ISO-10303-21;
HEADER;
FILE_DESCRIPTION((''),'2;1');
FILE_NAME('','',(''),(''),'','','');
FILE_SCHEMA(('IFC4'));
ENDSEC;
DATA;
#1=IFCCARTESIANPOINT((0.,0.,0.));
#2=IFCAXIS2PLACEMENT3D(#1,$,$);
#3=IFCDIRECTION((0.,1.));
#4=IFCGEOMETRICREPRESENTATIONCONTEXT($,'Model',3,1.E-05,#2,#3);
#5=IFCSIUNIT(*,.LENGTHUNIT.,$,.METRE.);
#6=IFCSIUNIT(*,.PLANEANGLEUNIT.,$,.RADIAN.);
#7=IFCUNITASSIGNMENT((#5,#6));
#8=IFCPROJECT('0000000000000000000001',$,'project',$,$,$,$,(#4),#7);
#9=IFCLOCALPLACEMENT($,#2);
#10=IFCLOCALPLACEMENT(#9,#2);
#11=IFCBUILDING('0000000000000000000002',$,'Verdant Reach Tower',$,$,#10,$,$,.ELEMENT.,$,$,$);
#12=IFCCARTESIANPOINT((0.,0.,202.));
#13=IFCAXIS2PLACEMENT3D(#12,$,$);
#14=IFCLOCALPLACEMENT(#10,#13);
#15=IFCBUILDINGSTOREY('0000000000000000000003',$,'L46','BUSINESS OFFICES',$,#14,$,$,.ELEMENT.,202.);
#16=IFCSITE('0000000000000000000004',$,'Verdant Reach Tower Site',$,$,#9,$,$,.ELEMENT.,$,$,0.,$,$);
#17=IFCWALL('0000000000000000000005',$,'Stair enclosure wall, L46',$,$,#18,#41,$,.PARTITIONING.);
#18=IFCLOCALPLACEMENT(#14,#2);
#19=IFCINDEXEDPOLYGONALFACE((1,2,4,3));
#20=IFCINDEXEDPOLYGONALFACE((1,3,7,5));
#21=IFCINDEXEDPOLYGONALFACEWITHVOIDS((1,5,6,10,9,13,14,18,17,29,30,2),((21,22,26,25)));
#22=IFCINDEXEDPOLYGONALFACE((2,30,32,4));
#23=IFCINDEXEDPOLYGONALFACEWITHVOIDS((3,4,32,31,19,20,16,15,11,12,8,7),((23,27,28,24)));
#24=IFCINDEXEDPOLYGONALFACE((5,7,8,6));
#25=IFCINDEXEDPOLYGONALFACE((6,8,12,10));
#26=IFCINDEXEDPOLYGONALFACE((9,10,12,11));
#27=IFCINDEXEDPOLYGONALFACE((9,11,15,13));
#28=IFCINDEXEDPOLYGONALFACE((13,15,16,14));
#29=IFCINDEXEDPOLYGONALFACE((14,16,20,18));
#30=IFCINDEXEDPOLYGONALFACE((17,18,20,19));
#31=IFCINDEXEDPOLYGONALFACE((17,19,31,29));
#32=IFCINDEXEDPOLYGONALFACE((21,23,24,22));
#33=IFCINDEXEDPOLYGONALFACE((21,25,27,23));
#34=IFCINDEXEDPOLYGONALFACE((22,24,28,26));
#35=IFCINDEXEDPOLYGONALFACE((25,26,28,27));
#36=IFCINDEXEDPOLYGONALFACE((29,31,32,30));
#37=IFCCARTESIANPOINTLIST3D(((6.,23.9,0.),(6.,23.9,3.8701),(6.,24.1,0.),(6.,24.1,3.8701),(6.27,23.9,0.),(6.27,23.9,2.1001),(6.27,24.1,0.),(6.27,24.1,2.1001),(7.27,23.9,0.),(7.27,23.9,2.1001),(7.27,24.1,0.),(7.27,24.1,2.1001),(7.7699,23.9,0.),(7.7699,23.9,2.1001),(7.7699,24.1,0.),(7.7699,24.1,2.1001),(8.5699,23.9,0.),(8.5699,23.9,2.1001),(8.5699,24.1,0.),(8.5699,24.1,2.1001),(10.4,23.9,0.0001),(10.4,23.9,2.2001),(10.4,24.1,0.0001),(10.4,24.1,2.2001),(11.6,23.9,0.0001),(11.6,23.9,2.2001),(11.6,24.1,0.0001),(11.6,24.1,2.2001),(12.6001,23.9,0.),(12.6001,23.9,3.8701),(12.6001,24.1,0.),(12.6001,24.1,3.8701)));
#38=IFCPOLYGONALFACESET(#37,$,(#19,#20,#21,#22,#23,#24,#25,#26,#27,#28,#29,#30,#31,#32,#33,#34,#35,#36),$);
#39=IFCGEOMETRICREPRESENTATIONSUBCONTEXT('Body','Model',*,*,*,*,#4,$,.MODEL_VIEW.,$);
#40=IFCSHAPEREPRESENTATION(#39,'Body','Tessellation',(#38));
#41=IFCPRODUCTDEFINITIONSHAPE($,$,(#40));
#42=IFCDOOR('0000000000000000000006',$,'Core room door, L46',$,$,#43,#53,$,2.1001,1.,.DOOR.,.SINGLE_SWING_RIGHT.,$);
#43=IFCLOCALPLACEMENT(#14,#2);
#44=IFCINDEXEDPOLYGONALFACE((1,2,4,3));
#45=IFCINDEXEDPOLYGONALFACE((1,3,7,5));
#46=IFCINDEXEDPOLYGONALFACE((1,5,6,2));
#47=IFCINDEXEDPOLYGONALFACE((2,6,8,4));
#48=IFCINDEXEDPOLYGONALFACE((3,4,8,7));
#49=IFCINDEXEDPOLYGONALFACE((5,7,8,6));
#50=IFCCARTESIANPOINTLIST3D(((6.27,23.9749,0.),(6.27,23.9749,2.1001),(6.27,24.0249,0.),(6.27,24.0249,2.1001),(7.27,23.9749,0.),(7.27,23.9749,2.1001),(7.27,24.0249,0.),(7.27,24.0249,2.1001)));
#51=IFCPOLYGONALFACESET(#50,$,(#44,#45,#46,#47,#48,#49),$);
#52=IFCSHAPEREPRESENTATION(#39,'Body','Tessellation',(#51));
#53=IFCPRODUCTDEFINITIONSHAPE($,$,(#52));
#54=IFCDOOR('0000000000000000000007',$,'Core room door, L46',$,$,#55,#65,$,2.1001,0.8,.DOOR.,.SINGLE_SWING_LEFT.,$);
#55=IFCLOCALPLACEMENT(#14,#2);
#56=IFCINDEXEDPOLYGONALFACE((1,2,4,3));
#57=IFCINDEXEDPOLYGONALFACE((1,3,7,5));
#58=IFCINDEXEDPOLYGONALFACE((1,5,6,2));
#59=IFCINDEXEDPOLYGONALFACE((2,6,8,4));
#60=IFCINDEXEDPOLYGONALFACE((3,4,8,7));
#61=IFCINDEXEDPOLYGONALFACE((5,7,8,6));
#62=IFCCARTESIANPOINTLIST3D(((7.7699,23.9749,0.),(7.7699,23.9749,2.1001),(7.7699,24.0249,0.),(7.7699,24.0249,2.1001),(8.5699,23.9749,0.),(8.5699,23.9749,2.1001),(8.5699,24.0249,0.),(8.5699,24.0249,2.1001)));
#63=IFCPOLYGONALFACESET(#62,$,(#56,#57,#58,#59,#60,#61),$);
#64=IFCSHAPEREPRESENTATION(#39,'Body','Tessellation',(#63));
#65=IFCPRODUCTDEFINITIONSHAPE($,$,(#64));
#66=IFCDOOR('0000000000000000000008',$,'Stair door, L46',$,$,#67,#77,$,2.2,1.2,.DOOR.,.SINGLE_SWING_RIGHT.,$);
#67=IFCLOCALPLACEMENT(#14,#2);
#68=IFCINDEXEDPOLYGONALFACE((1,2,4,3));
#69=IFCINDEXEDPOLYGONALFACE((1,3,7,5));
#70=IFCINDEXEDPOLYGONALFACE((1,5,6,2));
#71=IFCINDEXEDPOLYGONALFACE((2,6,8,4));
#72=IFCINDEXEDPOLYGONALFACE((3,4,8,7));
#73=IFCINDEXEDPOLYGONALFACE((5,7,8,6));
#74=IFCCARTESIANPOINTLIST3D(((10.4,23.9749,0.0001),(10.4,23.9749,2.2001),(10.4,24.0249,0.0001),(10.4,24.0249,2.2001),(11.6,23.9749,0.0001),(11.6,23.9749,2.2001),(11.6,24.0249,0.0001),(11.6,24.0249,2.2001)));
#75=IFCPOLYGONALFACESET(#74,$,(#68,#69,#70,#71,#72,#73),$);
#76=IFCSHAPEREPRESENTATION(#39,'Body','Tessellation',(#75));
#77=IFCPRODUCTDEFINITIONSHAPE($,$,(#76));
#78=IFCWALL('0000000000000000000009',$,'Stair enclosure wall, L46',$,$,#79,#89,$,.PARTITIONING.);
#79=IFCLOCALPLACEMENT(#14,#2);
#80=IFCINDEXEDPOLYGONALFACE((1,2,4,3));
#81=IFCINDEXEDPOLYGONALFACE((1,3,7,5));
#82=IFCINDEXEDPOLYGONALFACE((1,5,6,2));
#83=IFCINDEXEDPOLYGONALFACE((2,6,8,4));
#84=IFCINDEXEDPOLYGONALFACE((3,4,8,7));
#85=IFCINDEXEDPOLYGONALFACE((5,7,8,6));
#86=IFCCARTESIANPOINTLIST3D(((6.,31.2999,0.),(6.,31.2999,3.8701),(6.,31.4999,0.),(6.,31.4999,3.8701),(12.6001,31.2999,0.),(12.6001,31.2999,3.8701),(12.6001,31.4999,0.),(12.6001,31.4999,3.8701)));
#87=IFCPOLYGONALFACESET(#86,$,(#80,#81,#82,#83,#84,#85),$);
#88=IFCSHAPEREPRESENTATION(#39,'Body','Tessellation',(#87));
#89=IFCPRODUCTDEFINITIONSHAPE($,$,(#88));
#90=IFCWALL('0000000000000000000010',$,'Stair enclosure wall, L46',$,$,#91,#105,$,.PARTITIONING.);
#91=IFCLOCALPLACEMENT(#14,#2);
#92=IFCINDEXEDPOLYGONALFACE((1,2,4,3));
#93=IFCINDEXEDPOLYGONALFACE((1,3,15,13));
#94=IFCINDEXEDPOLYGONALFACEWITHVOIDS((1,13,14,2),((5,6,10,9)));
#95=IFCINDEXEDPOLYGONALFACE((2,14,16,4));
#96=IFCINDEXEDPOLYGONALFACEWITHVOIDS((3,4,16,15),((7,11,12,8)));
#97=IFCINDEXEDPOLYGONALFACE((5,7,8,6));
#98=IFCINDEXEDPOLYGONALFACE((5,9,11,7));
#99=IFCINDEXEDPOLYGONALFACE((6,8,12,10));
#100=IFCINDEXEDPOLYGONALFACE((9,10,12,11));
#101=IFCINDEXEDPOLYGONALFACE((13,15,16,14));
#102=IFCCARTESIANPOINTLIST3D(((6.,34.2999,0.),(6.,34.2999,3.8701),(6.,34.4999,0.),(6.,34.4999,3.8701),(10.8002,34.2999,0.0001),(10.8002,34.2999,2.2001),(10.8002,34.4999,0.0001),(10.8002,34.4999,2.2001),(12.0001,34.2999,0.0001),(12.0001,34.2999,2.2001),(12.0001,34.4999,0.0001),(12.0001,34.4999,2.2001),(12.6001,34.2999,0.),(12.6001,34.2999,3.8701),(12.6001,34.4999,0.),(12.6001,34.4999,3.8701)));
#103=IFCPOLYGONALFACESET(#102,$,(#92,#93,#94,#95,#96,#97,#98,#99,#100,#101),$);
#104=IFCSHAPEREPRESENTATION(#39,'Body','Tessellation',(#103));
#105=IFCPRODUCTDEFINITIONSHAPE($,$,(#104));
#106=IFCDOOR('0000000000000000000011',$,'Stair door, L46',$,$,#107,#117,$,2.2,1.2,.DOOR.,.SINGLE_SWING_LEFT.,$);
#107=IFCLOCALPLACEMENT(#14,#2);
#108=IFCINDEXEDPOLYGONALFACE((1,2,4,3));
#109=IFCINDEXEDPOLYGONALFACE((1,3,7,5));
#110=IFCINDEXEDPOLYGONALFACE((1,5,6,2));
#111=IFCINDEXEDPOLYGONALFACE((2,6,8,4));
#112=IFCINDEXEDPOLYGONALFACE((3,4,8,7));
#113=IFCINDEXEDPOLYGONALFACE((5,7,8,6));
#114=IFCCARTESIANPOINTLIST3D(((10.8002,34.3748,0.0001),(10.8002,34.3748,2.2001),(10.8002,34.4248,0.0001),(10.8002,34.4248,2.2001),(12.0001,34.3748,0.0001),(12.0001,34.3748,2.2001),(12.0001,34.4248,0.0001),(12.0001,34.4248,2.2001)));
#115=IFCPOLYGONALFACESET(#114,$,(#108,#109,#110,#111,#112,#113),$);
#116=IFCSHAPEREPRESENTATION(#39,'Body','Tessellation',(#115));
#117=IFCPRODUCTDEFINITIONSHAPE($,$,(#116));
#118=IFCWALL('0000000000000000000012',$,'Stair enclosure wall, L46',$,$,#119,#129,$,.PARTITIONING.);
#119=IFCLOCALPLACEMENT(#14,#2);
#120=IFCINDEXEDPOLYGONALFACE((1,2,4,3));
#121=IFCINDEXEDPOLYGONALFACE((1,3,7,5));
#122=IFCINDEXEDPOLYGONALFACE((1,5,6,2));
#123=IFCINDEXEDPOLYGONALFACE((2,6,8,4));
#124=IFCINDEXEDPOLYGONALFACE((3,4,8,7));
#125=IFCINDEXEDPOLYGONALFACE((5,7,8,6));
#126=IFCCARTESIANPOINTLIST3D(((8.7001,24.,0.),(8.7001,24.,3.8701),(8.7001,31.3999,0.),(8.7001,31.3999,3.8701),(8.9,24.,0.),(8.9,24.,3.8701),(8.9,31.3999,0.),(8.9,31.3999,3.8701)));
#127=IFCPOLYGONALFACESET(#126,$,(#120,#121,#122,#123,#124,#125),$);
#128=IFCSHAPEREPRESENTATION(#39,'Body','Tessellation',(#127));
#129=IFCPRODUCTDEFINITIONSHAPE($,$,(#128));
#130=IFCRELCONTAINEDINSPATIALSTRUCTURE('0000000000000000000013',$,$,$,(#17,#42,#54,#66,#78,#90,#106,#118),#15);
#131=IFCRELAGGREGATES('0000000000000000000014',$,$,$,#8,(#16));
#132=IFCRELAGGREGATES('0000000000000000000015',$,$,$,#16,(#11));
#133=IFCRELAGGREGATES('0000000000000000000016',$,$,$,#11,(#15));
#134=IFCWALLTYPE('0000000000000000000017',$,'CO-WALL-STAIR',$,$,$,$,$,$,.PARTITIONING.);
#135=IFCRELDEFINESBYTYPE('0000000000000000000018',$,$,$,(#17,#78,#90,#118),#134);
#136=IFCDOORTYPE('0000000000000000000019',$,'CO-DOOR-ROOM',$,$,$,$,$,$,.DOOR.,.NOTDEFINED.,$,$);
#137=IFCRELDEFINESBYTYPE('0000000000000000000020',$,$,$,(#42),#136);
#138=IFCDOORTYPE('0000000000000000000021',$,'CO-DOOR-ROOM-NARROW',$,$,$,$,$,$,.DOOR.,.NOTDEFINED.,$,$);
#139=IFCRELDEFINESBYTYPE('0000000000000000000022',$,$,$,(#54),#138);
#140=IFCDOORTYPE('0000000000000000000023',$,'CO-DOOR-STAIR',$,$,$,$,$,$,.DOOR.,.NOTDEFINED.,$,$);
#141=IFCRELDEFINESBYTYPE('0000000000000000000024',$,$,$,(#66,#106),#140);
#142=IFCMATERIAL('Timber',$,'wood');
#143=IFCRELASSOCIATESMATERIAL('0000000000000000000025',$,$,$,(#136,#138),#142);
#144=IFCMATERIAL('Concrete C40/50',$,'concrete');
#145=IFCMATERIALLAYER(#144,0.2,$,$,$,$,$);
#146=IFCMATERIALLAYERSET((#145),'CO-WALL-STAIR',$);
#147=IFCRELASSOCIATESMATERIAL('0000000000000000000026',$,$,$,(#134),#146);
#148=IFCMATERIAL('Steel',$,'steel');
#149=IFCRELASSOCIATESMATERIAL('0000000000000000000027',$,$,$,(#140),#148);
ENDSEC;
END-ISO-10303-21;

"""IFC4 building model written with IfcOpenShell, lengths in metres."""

from ifc_helpers import new_model, si_unit, direction, frame, frame_2d, origin, place, context, subcontext, project, spatial, rectangle, extrude, material, layer, layer_set, type_object, element, fill, save


model = new_model("IFC4")

# Units and contexts
model_context = context("Model", 3, precision=1e-05, world=origin(), true_north=direction((0.0, 1.0)))
body_context = subcontext(model_context, "Body", "Model", "MODEL_VIEW")
ifc_project = project(units=[si_unit("LENGTHUNIT", "METRE"), si_unit("PLANEANGLEUNIT", "RADIAN")], contexts=[model_context])

# Site, building, storey
site_placement = place(None, origin())
site = spatial("IfcSite", under=ifc_project, at=site_placement, Name="Verdant Reach Tower Site", CompositionType="ELEMENT", RefElevation=0.0)
building_placement = place(site_placement, origin())
building = spatial("IfcBuilding", under=site, at=building_placement, Name="Verdant Reach Tower", CompositionType="ELEMENT")
storey_placement = place(building_placement, frame((0.0, 0.0, 202.0)))
storey = spatial("IfcBuildingStorey", under=building, at=storey_placement, Name="L46", Description="BUSINESS OFFICES", CompositionType="ELEMENT", Elevation=202.0)

# Shared definitions
ifc_material_1 = material(Name="Timber", Category="wood")
door_type_1 = type_object("IfcDoorType", Name="CO-DOOR-ROOM", OperationType="NOTDEFINED", PredefinedType="DOOR", material=ifc_material_1)

# Shared definitions
ifc_material_2 = material(Name="Concrete C40/50", Category="concrete")

# Wall, openings, doors
ifc_layer_1 = layer(ifc_material_2, 0.2)
ifc_layer_set_1 = layer_set([ifc_layer_1], Name="CO-WALL-STAIR")
wall_type_1 = type_object("IfcWallType", Name="CO-WALL-STAIR", PredefinedType="PARTITIONING", material=ifc_layer_set_1)
wall_1_placement = place(storey_placement, frame((6.0, 24.0, 0.0), z_axis=(0.0, 0.0, 1.0), x_axis=(1.0, 0.0, 0.0)))
wall_1 = element("IfcWall", 1, at=wall_1_placement, inside=storey, type_object=wall_type_1, Name="Stair enclosure wall, L46", PredefinedType="PARTITIONING", context=body_context, shape_type="SweptSolid", body=[
    extrude(rectangle(XDim=6.6001, YDim=0.2, at=frame_2d((3.3, 0.0))), origin(), (0.0, 0.0, 1.0), 3.8701),
])
opening_1_placement = place(wall_1_placement, frame((0.27, 0.0, 0.0)))
opening_1 = element("IfcOpeningElement", 2, at=opening_1_placement, cuts=wall_1, PredefinedType="OPENING", context=body_context, shape_type="SweptSolid", body=[
    extrude(rectangle(XDim=1.0, YDim=2.1001, at=frame_2d((0.5, 1.05))), frame((0.0, 0.1099, 0.0), z_axis=(0.0, -1.0, 0.0), x_axis=(1.0, 0.0, 0.0)), (0.0, 0.0, 1.0), 0.22),
])
opening_2_placement = place(wall_1_placement, frame((1.77, 0.0, 0.0)))
opening_2 = element("IfcOpeningElement", 3, at=opening_2_placement, cuts=wall_1, PredefinedType="OPENING", context=body_context, shape_type="SweptSolid", body=[
    extrude(rectangle(XDim=0.8, YDim=2.1001, at=frame_2d((0.3999, 1.05))), frame((0.0, 0.1099, 0.0), z_axis=(0.0, -1.0, 0.0), x_axis=(1.0, 0.0, 0.0)), (0.0, 0.0, 1.0), 0.22),
])
opening_3_placement = place(wall_1_placement, frame((4.3999, 0.0, 0.0)))
opening_3 = element("IfcOpeningElement", 4, at=opening_3_placement, cuts=wall_1, PredefinedType="OPENING", context=body_context, shape_type="SweptSolid", body=[
    extrude(rectangle(XDim=1.2, YDim=2.2, at=frame_2d((0.6001, 1.1001))), frame((0.0, 0.1099, 0.0), z_axis=(0.0, -1.0, 0.0), x_axis=(1.0, 0.0, 0.0)), (0.0, 0.0, 1.0), 0.22),
])
door_1_placement = place(opening_1_placement, origin())
door_1 = element("IfcDoor", 5, at=door_1_placement, inside=storey, type_object=door_type_1, Name="Core room door, L46", OperationType="SINGLE_SWING_RIGHT", OverallHeight=2.1001, OverallWidth=1.0, PredefinedType="DOOR", context=body_context, shape_type="SweptSolid", body=[
    extrude(rectangle(XDim=1.0, YDim=2.1001, at=frame_2d((0.5, 1.05))), frame((0.0, 0.0249, 0.0), z_axis=(0.0, -1.0, 0.0), x_axis=(1.0, 0.0, 0.0)), (0.0, 0.0, 1.0), 0.05),
])
fill(opening_1, door_1)
door_type_2 = type_object("IfcDoorType", Name="CO-DOOR-ROOM-NARROW", OperationType="NOTDEFINED", PredefinedType="DOOR", material=ifc_material_1)
door_2_placement = place(opening_2_placement, origin())
door_2 = element("IfcDoor", 6, at=door_2_placement, inside=storey, type_object=door_type_2, Name="Core room door, L46", OperationType="SINGLE_SWING_LEFT", OverallHeight=2.1001, OverallWidth=0.8, PredefinedType="DOOR", context=body_context, shape_type="SweptSolid", body=[
    extrude(rectangle(XDim=0.8, YDim=2.1001, at=frame_2d((0.3999, 1.05))), frame((0.0, 0.0249, 0.0), z_axis=(0.0, -1.0, 0.0), x_axis=(1.0, 0.0, 0.0)), (0.0, 0.0, 1.0), 0.05),
])
fill(opening_2, door_2)
ifc_material_3 = material(Name="Steel", Category="steel")
door_type_3 = type_object("IfcDoorType", Name="CO-DOOR-STAIR", OperationType="NOTDEFINED", PredefinedType="DOOR", material=ifc_material_3)
door_3_placement = place(opening_3_placement, origin())
door_3 = element("IfcDoor", 7, at=door_3_placement, inside=storey, type_object=door_type_3, Name="Stair door, L46", OperationType="SINGLE_SWING_RIGHT", OverallHeight=2.2, OverallWidth=1.2, PredefinedType="DOOR", context=body_context, shape_type="SweptSolid", body=[
    extrude(rectangle(XDim=1.2, YDim=2.2, at=frame_2d((0.6001, 1.1001))), frame((0.0, 0.0249, 0.0), z_axis=(0.0, -1.0, 0.0), x_axis=(1.0, 0.0, 0.0)), (0.0, 0.0, 1.0), 0.05),
])
fill(opening_3, door_3)

# Wall
wall_2_placement = place(storey_placement, frame((6.0, 31.3999, 0.0), z_axis=(0.0, 0.0, 1.0), x_axis=(1.0, 0.0, 0.0)))
element("IfcWall", 8, at=wall_2_placement, inside=storey, type_object=wall_type_1, Name="Stair enclosure wall, L46", PredefinedType="PARTITIONING", context=body_context, shape_type="SweptSolid", body=[
    extrude(rectangle(XDim=6.6001, YDim=0.2, at=frame_2d((3.3, 0.0))), origin(), (0.0, 0.0, 1.0), 3.8701),
])

# Wall, opening, door
wall_3_placement = place(storey_placement, frame((6.0, 34.3999, 0.0), z_axis=(0.0, 0.0, 1.0), x_axis=(1.0, 0.0, 0.0)))
wall_3 = element("IfcWall", 9, at=wall_3_placement, inside=storey, type_object=wall_type_1, Name="Stair enclosure wall, L46", PredefinedType="PARTITIONING", context=body_context, shape_type="SweptSolid", body=[
    extrude(rectangle(XDim=6.6001, YDim=0.2, at=frame_2d((3.3, 0.0))), origin(), (0.0, 0.0, 1.0), 3.8701),
])
opening_4_placement = place(wall_3_placement, frame((4.8, 0.0, 0.0)))
opening_4 = element("IfcOpeningElement", 10, at=opening_4_placement, cuts=wall_3, PredefinedType="OPENING", context=body_context, shape_type="SweptSolid", body=[
    extrude(rectangle(XDim=1.2, YDim=2.2, at=frame_2d((0.6001, 1.1001))), frame((0.0, 0.1099, 0.0), z_axis=(0.0, -1.0, 0.0), x_axis=(1.0, 0.0, 0.0)), (0.0, 0.0, 1.0), 0.22),
])
door_4_placement = place(opening_4_placement, origin())
door_4 = element("IfcDoor", 11, at=door_4_placement, inside=storey, type_object=door_type_3, Name="Stair door, L46", OperationType="SINGLE_SWING_LEFT", OverallHeight=2.2, OverallWidth=1.2, PredefinedType="DOOR", context=body_context, shape_type="SweptSolid", body=[
    extrude(rectangle(XDim=1.2, YDim=2.2, at=frame_2d((0.6001, 1.1001))), frame((0.0, 0.0249, 0.0), z_axis=(0.0, -1.0, 0.0), x_axis=(1.0, 0.0, 0.0)), (0.0, 0.0, 1.0), 0.05),
])
fill(opening_4, door_4)

# Wall
wall_4_placement = place(storey_placement, frame((8.8, 24.0, 0.0), z_axis=(0.0, 0.0, 1.0), x_axis=(0.0, 1.0, 0.0)))
element("IfcWall", 12, at=wall_4_placement, inside=storey, type_object=wall_type_1, Name="Stair enclosure wall, L46", PredefinedType="PARTITIONING", context=body_context, shape_type="SweptSolid", body=[
    extrude(rectangle(XDim=7.3999, YDim=0.2, at=frame_2d((3.7, 0.0))), origin(), (0.0, 0.0, 1.0), 3.8701),
])

save(model, "model.ifc")
